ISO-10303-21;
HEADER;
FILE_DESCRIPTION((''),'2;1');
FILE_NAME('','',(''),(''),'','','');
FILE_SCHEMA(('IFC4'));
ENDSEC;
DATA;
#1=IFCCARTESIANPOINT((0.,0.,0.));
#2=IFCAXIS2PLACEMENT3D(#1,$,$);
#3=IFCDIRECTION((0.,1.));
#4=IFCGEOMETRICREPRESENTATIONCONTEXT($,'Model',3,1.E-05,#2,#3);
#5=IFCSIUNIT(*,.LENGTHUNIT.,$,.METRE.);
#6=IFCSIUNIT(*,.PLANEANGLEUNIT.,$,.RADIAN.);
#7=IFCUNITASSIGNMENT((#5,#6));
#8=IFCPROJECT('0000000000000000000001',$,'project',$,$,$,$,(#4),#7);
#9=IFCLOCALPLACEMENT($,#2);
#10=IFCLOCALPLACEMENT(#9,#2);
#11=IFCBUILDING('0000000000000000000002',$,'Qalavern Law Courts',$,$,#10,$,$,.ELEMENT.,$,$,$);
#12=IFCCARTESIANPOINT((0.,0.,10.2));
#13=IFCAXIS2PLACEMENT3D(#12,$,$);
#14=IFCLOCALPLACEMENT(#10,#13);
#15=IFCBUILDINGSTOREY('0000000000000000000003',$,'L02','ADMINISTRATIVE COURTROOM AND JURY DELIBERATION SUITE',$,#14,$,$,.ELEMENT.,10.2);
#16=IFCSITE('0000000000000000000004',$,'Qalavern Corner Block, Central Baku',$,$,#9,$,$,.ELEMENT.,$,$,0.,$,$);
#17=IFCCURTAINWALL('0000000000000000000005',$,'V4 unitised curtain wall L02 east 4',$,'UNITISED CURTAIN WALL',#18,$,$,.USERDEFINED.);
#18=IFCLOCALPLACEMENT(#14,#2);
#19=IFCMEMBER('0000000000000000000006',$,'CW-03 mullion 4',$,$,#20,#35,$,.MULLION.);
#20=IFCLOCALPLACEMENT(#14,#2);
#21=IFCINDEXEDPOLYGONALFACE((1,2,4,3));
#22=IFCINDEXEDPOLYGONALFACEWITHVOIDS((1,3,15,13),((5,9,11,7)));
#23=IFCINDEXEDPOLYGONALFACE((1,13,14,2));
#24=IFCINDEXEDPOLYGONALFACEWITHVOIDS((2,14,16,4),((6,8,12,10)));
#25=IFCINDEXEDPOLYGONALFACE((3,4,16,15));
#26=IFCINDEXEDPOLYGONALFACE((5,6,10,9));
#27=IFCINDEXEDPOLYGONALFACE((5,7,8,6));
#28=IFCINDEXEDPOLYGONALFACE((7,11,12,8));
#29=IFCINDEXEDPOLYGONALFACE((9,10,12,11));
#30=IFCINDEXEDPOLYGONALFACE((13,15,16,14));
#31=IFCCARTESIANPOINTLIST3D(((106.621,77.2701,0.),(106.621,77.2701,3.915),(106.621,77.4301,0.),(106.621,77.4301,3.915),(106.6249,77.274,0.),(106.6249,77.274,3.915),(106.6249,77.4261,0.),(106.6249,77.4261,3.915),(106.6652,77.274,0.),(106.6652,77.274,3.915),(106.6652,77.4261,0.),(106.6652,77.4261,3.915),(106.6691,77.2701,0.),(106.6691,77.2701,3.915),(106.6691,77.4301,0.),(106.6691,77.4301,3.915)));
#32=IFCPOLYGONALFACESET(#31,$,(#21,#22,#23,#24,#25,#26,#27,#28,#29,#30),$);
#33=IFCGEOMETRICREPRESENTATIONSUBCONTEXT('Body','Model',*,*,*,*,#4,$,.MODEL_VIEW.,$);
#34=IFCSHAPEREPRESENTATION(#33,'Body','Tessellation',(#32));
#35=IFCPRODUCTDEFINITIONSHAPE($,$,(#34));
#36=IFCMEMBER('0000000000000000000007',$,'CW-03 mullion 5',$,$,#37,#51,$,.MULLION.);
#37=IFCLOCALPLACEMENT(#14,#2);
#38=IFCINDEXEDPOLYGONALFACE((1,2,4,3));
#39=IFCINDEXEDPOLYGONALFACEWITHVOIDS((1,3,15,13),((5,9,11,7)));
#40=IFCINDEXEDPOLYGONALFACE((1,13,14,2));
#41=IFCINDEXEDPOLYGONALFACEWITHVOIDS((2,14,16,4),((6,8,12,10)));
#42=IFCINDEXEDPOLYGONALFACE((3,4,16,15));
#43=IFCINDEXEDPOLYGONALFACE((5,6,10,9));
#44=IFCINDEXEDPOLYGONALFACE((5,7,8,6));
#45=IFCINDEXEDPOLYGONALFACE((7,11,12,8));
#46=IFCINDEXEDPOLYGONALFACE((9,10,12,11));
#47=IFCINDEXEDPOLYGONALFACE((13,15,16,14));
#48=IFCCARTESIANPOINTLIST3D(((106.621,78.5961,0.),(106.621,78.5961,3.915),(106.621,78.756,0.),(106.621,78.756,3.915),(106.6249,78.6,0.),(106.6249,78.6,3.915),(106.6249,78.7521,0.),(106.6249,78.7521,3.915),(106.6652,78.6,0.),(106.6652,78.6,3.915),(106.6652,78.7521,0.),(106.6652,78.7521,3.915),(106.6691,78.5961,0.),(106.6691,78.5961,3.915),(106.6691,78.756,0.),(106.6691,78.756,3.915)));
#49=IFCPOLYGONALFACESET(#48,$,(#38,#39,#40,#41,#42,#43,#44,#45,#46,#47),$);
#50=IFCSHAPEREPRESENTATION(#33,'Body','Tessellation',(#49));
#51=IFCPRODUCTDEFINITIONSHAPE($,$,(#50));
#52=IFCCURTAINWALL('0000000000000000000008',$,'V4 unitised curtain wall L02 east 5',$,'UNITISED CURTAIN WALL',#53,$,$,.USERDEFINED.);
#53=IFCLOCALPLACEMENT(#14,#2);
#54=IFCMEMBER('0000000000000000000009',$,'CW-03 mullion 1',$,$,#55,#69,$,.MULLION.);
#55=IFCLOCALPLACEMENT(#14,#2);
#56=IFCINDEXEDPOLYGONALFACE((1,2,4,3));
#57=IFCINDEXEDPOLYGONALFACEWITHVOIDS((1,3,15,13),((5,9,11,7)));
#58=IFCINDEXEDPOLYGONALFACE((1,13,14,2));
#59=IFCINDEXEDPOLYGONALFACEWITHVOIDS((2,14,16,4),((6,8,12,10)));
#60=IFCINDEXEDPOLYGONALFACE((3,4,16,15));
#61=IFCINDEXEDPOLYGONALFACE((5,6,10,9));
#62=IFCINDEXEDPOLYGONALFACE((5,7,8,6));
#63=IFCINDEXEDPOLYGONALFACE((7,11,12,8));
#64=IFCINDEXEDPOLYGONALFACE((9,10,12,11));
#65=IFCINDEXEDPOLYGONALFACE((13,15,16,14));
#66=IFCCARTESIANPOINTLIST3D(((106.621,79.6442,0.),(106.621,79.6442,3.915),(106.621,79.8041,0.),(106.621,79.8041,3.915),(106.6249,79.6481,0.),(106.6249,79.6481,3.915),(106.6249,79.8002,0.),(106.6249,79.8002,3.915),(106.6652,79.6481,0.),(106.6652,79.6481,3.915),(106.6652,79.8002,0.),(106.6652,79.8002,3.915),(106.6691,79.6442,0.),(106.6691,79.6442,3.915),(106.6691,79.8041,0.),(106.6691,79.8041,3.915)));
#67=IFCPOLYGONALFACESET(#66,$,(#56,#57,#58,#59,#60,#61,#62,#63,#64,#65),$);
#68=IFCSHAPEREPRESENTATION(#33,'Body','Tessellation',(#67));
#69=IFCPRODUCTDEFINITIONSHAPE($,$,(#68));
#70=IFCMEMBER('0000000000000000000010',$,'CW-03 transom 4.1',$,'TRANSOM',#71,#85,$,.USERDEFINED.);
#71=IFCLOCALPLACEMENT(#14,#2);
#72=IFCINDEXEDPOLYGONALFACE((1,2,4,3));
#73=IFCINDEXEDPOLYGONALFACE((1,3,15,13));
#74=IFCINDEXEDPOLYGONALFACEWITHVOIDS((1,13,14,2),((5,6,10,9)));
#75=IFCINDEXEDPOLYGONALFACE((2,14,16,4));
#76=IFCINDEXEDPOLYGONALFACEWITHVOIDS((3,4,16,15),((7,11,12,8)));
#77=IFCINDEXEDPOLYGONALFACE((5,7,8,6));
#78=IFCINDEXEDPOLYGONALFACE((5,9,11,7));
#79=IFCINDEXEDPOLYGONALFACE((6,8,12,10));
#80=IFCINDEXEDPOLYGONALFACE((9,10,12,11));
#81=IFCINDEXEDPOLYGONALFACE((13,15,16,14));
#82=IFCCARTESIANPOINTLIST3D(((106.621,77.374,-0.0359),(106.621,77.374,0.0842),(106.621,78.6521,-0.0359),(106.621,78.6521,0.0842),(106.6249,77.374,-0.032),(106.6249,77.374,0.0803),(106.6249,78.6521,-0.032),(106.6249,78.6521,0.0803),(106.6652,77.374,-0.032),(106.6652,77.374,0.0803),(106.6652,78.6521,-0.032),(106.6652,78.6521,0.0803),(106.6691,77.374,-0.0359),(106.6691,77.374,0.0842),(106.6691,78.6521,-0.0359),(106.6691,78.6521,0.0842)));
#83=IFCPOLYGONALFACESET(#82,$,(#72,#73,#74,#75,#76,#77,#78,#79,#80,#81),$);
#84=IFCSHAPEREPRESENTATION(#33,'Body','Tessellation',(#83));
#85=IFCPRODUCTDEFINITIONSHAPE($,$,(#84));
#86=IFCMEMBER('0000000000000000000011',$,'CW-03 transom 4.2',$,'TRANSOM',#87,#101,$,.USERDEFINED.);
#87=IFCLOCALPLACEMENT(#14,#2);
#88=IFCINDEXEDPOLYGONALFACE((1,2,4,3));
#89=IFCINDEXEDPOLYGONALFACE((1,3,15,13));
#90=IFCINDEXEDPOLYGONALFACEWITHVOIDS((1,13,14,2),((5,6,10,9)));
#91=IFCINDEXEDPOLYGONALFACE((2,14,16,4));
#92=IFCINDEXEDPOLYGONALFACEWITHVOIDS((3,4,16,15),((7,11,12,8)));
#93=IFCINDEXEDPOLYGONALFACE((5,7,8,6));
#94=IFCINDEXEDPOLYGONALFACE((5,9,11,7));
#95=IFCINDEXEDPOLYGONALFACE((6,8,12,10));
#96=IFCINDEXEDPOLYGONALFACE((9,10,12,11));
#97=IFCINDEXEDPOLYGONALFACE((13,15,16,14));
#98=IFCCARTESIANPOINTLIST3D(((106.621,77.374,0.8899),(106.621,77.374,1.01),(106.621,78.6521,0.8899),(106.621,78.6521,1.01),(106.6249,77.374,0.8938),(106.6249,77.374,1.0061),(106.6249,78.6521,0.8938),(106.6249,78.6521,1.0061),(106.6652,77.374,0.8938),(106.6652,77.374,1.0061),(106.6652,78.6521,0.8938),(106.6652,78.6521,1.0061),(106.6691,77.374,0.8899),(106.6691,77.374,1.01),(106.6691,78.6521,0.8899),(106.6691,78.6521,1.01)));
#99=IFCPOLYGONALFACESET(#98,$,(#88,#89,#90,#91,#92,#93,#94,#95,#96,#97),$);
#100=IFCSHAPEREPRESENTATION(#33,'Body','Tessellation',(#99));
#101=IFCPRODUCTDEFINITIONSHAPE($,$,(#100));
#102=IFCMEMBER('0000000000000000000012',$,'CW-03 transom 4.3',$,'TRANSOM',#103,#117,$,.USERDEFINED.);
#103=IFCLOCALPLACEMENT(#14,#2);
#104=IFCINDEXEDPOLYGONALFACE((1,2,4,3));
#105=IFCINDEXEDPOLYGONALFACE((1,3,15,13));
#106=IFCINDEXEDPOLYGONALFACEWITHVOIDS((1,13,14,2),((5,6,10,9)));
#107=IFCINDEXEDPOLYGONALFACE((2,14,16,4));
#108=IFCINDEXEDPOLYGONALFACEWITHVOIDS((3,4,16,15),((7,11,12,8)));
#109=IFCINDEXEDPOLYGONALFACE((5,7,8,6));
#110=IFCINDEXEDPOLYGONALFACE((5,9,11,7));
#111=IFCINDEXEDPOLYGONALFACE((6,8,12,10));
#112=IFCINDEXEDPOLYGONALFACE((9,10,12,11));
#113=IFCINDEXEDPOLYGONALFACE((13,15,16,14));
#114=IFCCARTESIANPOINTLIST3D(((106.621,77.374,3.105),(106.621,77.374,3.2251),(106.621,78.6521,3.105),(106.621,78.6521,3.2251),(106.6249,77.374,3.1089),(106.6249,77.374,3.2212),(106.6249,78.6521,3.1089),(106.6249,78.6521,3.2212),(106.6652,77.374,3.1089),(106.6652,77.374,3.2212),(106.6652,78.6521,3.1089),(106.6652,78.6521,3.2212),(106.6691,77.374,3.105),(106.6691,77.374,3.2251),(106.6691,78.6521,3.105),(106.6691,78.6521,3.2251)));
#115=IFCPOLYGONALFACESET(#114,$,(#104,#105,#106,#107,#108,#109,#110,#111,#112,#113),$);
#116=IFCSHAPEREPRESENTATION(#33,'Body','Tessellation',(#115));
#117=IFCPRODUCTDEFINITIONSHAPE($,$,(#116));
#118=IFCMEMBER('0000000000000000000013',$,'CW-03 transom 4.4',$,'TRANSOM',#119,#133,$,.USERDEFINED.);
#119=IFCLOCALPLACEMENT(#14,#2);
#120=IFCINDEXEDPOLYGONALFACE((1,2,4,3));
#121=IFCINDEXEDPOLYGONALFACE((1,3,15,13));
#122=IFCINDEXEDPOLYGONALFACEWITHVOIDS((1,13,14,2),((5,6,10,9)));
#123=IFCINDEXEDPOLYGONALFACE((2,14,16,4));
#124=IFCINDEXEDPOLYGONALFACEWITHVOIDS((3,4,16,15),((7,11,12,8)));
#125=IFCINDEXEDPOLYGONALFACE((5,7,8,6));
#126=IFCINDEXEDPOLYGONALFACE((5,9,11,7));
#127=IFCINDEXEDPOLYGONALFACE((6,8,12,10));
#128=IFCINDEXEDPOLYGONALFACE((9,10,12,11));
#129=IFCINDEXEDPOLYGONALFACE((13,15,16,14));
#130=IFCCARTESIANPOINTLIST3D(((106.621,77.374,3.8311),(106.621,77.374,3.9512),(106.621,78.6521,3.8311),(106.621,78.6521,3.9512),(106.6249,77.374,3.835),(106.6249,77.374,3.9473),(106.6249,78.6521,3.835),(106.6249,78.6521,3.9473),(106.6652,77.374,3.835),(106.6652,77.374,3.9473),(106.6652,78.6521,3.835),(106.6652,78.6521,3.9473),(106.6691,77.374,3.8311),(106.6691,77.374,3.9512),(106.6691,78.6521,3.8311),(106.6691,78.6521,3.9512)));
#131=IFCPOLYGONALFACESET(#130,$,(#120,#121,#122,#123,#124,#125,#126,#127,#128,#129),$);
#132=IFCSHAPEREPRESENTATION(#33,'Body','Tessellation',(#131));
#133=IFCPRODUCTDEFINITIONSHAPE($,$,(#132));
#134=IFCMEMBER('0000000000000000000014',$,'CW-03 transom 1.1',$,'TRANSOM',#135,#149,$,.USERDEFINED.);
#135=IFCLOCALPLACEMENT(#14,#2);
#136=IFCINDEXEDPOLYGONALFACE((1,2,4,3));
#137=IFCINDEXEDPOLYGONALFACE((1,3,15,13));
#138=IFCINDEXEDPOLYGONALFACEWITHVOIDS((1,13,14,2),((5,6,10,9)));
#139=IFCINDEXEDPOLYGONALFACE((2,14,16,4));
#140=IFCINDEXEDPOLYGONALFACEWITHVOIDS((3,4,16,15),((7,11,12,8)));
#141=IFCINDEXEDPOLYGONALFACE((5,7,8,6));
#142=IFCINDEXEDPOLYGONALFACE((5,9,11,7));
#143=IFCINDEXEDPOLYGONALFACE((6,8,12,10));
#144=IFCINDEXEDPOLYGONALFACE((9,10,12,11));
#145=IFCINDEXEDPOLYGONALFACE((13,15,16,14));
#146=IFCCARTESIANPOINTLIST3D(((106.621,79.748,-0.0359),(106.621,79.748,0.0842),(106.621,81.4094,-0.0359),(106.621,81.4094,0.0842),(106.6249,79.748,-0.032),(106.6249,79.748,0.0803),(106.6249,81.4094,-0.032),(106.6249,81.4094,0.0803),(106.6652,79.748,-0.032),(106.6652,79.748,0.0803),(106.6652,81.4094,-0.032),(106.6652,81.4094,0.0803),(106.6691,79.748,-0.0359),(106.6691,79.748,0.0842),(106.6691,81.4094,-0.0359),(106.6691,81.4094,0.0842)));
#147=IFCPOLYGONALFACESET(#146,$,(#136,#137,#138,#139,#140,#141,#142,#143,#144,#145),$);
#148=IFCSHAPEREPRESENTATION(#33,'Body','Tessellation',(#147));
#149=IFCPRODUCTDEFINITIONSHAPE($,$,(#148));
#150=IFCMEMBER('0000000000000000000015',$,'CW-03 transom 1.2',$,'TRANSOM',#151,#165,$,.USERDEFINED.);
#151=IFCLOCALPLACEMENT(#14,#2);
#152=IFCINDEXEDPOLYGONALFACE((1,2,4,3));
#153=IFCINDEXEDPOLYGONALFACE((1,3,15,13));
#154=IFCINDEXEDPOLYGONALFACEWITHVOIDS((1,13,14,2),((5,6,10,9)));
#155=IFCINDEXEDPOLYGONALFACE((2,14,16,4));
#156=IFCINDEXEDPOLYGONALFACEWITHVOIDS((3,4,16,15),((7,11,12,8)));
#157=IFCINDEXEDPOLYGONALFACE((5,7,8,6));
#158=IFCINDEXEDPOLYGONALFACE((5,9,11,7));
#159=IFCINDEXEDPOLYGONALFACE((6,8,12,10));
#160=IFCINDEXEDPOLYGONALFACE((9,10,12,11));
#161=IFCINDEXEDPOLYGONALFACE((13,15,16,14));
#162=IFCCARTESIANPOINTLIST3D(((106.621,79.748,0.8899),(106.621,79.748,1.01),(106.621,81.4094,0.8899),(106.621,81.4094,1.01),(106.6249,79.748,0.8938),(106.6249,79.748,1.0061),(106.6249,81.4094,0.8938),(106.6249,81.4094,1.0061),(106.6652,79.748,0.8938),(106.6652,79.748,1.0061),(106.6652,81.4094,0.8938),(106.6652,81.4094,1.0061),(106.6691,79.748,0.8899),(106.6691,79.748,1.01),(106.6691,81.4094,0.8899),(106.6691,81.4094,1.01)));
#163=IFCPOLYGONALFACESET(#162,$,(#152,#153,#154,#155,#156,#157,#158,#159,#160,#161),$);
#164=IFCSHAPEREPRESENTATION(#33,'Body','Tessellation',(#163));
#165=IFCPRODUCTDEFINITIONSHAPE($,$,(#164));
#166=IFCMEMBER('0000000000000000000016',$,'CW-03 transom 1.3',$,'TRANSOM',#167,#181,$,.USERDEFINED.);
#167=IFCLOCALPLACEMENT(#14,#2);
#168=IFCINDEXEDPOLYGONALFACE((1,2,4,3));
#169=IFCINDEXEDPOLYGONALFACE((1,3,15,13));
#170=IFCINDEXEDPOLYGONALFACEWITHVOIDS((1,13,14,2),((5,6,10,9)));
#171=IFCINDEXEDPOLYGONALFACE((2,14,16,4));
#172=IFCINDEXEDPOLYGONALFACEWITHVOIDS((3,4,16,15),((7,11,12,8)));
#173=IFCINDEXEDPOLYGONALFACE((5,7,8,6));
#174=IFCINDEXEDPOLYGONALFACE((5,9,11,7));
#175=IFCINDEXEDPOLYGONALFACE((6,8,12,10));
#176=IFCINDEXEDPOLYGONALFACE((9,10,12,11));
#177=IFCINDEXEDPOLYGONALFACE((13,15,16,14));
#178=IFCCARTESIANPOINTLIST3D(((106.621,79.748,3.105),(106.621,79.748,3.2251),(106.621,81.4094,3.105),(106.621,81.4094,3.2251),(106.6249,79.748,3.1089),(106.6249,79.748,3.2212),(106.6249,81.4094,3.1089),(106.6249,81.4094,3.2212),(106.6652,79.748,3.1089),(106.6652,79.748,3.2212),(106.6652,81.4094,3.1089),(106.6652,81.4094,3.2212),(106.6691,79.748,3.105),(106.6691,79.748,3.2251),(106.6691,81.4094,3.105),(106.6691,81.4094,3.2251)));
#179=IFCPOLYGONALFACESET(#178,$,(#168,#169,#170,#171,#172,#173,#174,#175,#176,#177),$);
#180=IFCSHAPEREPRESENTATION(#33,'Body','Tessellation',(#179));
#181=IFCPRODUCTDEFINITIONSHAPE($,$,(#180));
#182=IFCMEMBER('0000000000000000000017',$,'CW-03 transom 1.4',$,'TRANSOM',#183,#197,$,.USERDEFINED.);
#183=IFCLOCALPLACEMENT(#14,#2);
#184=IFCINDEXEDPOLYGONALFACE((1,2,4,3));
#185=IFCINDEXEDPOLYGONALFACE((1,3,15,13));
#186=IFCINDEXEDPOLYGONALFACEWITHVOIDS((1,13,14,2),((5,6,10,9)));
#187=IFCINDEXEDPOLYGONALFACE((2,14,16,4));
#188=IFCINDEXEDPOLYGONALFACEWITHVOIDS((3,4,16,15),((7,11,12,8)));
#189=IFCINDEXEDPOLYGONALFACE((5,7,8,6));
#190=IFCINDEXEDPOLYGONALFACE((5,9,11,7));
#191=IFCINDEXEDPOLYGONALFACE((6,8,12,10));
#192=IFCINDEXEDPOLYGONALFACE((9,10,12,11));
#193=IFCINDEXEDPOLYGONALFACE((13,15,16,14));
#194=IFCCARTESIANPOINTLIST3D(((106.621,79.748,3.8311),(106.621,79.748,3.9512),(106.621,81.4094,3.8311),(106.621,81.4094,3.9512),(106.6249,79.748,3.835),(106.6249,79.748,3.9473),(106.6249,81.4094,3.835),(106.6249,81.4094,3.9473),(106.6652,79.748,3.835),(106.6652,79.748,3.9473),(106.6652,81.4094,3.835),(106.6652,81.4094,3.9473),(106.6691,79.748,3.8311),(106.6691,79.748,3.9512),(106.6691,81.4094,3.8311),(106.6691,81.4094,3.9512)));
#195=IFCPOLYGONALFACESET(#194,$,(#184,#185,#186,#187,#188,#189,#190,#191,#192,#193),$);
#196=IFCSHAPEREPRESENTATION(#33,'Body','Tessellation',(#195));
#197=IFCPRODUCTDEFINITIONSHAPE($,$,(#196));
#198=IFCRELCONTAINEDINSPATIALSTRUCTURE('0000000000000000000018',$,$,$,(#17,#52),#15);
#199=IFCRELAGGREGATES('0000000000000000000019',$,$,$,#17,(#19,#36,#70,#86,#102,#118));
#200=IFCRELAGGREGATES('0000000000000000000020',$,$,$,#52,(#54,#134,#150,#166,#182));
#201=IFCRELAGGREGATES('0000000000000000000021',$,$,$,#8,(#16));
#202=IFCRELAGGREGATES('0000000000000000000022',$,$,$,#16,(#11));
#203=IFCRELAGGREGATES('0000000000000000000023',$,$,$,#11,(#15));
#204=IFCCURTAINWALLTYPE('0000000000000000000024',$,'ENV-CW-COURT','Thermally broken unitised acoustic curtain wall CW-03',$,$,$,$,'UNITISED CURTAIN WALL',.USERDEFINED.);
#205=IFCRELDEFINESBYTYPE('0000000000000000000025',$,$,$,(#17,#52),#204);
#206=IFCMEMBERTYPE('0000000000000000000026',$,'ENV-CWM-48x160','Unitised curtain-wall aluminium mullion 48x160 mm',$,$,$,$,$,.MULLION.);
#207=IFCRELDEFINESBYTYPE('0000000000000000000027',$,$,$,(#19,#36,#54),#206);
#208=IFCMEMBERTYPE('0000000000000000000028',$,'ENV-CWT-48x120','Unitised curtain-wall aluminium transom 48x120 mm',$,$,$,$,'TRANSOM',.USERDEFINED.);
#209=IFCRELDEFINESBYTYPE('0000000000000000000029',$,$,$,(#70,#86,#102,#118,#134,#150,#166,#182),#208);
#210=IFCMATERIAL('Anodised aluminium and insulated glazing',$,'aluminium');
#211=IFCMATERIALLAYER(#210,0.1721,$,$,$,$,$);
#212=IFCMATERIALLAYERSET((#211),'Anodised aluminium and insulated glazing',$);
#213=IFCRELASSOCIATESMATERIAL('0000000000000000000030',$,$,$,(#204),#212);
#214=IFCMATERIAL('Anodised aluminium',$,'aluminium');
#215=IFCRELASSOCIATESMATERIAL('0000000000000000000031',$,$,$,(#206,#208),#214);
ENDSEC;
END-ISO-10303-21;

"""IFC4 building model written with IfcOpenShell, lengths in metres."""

from ifc_helpers import new_model, si_unit, direction, frame, origin, origin_2d, place, context, subcontext, project, spatial, hollow_rectangle, extrude, material, layer, layer_set, material_profile, profile_set, type_object, element, aggregate, save


model = new_model("IFC4")

# Units and contexts
model_context = context("Model", 3, precision=1e-05, world=origin(), true_north=direction((0.0, 1.0)))
body_context = subcontext(model_context, "Body", "Model", "MODEL_VIEW")
ifc_project = project(units=[si_unit("LENGTHUNIT", "METRE"), si_unit("PLANEANGLEUNIT", "RADIAN")], contexts=[model_context])

# Site, building, storey
site_placement = place(None, origin())
site = spatial("IfcSite", under=ifc_project, at=site_placement, Name="Qalavern Corner Block, Central Baku", CompositionType="ELEMENT", RefElevation=0.0)
building_placement = place(site_placement, origin())
building = spatial("IfcBuilding", under=site, at=building_placement, Name="Qalavern Law Courts", CompositionType="ELEMENT")
storey_placement = place(building_placement, frame((0.0, 0.0, 10.2)))
storey = spatial("IfcBuildingStorey", under=building, at=storey_placement, Name="L02", Description="ADMINISTRATIVE COURTROOM AND JURY DELIBERATION SUITE", CompositionType="ELEMENT", Elevation=10.2)

# Curtain wall, members
ifc_material_1 = material(Name="Anodised aluminium and insulated glazing", Category="aluminium")
ifc_layer_1 = layer(ifc_material_1, 0.1721)
ifc_layer_set_1 = layer_set([ifc_layer_1], Name="Anodised aluminium and insulated glazing")
curtain_wall_type = type_object("IfcCurtainWallType", Name="ENV-CW-COURT", Description="Thermally broken unitised acoustic curtain wall CW-03", ElementType="UNITISED CURTAIN WALL", PredefinedType="USERDEFINED", material=ifc_layer_set_1)
curtain_wall_1_placement = place(storey_placement, origin())
curtain_wall_1 = element("IfcCurtainWall", 1, at=curtain_wall_1_placement, inside=storey, type_object=curtain_wall_type, Name="V4 unitised curtain wall L02 east 4", ObjectType="UNITISED CURTAIN WALL", PredefinedType="USERDEFINED")
ifc_material_2 = material(Name="Anodised aluminium", Category="aluminium")
ifc_material_profile_1 = material_profile(ifc_material_2, hollow_rectangle(XDim=0.0481, YDim=0.1599, WallThickness=0.0039, at=origin_2d()), Name="ALU MULLION 48x160")
ifc_profile_set_1 = profile_set([ifc_material_profile_1], Name="Anodised aluminium")
member_type_1 = type_object("IfcMemberType", Name="ENV-CWM-48x160", Description="Unitised curtain-wall aluminium mullion 48x160 mm", PredefinedType="MULLION", material=ifc_profile_set_1)
member_1_placement = place(storey_placement, frame((106.645, 77.3501, 0.0), z_axis=(0.0, 0.0, 1.0), x_axis=(-1.0, 0.0, 0.0)))
member_1 = element("IfcMember", 2, at=member_1_placement, type_object=member_type_1, Name="CW-03 mullion 4", PredefinedType="MULLION", context=body_context, shape_type="SweptSolid", body=[
    extrude(hollow_rectangle(XDim=0.0481, YDim=0.1599, WallThickness=0.0039, at=origin_2d()), origin(), (0.0, 0.0, 1.0), 3.915),
])
member_2_placement = place(storey_placement, frame((106.645, 78.676, 0.0), z_axis=(0.0, 0.0, 1.0), x_axis=(-1.0, 0.0, 0.0)))
member_2 = element("IfcMember", 3, at=member_2_placement, type_object=member_type_1, Name="CW-03 mullion 5", PredefinedType="MULLION", context=body_context, shape_type="SweptSolid", body=[
    extrude(hollow_rectangle(XDim=0.0481, YDim=0.1599, WallThickness=0.0039, at=origin_2d()), origin(), (0.0, 0.0, 1.0), 3.915),
])

# Curtain wall, member
curtain_wall_2_placement = place(storey_placement, origin())
curtain_wall_2 = element("IfcCurtainWall", 4, at=curtain_wall_2_placement, inside=storey, type_object=curtain_wall_type, Name="V4 unitised curtain wall L02 east 5", ObjectType="UNITISED CURTAIN WALL", PredefinedType="USERDEFINED")
member_3_placement = place(storey_placement, frame((106.645, 79.7241, 0.0), z_axis=(0.0, 0.0, 1.0), x_axis=(-1.0, 0.0, 0.0)))
member_3 = element("IfcMember", 5, at=member_3_placement, type_object=member_type_1, Name="CW-03 mullion 1", PredefinedType="MULLION", context=body_context, shape_type="SweptSolid", body=[
    extrude(hollow_rectangle(XDim=0.0481, YDim=0.1599, WallThickness=0.0039, at=origin_2d()), origin(), (0.0, 0.0, 1.0), 3.915),
])

# Members
ifc_material_profile_2 = material_profile(ifc_material_2, hollow_rectangle(XDim=0.0481, YDim=0.1201, WallThickness=0.0039, at=origin_2d()), Name="ALU TRANSOM 48x120")
ifc_profile_set_2 = profile_set([ifc_material_profile_2], Name="Anodised aluminium")
member_type_2 = type_object("IfcMemberType", Name="ENV-CWT-48x120", Description="Unitised curtain-wall aluminium transom 48x120 mm", ElementType="TRANSOM", PredefinedType="USERDEFINED", material=ifc_profile_set_2)
member_4_placement = place(storey_placement, frame((106.645, 77.374, 0.0242), z_axis=(0.0, 1.0, 0.0), x_axis=(-1.0, 0.0, 0.0)))
member_4 = element("IfcMember", 6, at=member_4_placement, type_object=member_type_2, Name="CW-03 transom 4.1", ObjectType="TRANSOM", PredefinedType="USERDEFINED", context=body_context, shape_type="SweptSolid", body=[
    extrude(hollow_rectangle(XDim=0.0481, YDim=0.1201, WallThickness=0.0039, at=origin_2d()), origin(), (0.0, 0.0, 1.0), 1.2781),
])
member_5_placement = place(storey_placement, frame((106.645, 77.374, 0.95), z_axis=(0.0, 1.0, 0.0), x_axis=(-1.0, 0.0, 0.0)))
member_5 = element("IfcMember", 7, at=member_5_placement, type_object=member_type_2, Name="CW-03 transom 4.2", ObjectType="TRANSOM", PredefinedType="USERDEFINED", context=body_context, shape_type="SweptSolid", body=[
    extrude(hollow_rectangle(XDim=0.0481, YDim=0.1201, WallThickness=0.0039, at=origin_2d()), origin(), (0.0, 0.0, 1.0), 1.2781),
])
member_6_placement = place(storey_placement, frame((106.645, 77.374, 3.165), z_axis=(0.0, 1.0, 0.0), x_axis=(-1.0, 0.0, 0.0)))
member_6 = element("IfcMember", 8, at=member_6_placement, type_object=member_type_2, Name="CW-03 transom 4.3", ObjectType="TRANSOM", PredefinedType="USERDEFINED", context=body_context, shape_type="SweptSolid", body=[
    extrude(hollow_rectangle(XDim=0.0481, YDim=0.1201, WallThickness=0.0039, at=origin_2d()), origin(), (0.0, 0.0, 1.0), 1.2781),
])
member_7_placement = place(storey_placement, frame((106.645, 77.374, 3.8911), z_axis=(0.0, 1.0, 0.0), x_axis=(-1.0, 0.0, 0.0)))
member_7 = element("IfcMember", 9, at=member_7_placement, type_object=member_type_2, Name="CW-03 transom 4.4", ObjectType="TRANSOM", PredefinedType="USERDEFINED", context=body_context, shape_type="SweptSolid", body=[
    extrude(hollow_rectangle(XDim=0.0481, YDim=0.1201, WallThickness=0.0039, at=origin_2d()), origin(), (0.0, 0.0, 1.0), 1.2781),
])
member_8_placement = place(storey_placement, frame((106.645, 79.748, 0.0242), z_axis=(0.0, 1.0, 0.0), x_axis=(-1.0, 0.0, 0.0)))
member_8 = element("IfcMember", 10, at=member_8_placement, type_object=member_type_2, Name="CW-03 transom 1.1", ObjectType="TRANSOM", PredefinedType="USERDEFINED", context=body_context, shape_type="SweptSolid", body=[
    extrude(hollow_rectangle(XDim=0.0481, YDim=0.1201, WallThickness=0.0039, at=origin_2d()), origin(), (0.0, 0.0, 1.0), 1.6614),
])
member_9_placement = place(storey_placement, frame((106.645, 79.748, 0.95), z_axis=(0.0, 1.0, 0.0), x_axis=(-1.0, 0.0, 0.0)))
member_9 = element("IfcMember", 11, at=member_9_placement, type_object=member_type_2, Name="CW-03 transom 1.2", ObjectType="TRANSOM", PredefinedType="USERDEFINED", context=body_context, shape_type="SweptSolid", body=[
    extrude(hollow_rectangle(XDim=0.0481, YDim=0.1201, WallThickness=0.0039, at=origin_2d()), origin(), (0.0, 0.0, 1.0), 1.6614),
])
member_10_placement = place(storey_placement, frame((106.645, 79.748, 3.165), z_axis=(0.0, 1.0, 0.0), x_axis=(-1.0, 0.0, 0.0)))
member_10 = element("IfcMember", 12, at=member_10_placement, type_object=member_type_2, Name="CW-03 transom 1.3", ObjectType="TRANSOM", PredefinedType="USERDEFINED", context=body_context, shape_type="SweptSolid", body=[
    extrude(hollow_rectangle(XDim=0.0481, YDim=0.1201, WallThickness=0.0039, at=origin_2d()), origin(), (0.0, 0.0, 1.0), 1.6614),
])
member_11_placement = place(storey_placement, frame((106.645, 79.748, 3.8911), z_axis=(0.0, 1.0, 0.0), x_axis=(-1.0, 0.0, 0.0)))
member_11 = element("IfcMember", 13, at=member_11_placement, type_object=member_type_2, Name="CW-03 transom 1.4", ObjectType="TRANSOM", PredefinedType="USERDEFINED", context=body_context, shape_type="SweptSolid", body=[
    extrude(hollow_rectangle(XDim=0.0481, YDim=0.1201, WallThickness=0.0039, at=origin_2d()), origin(), (0.0, 0.0, 1.0), 1.6614),
])

aggregate(curtain_wall_1, [member_1, member_2, member_4, member_5, member_6, member_7])
aggregate(curtain_wall_2, [member_3, member_8, member_9, member_10, member_11])

save(model, "model.ifc")
